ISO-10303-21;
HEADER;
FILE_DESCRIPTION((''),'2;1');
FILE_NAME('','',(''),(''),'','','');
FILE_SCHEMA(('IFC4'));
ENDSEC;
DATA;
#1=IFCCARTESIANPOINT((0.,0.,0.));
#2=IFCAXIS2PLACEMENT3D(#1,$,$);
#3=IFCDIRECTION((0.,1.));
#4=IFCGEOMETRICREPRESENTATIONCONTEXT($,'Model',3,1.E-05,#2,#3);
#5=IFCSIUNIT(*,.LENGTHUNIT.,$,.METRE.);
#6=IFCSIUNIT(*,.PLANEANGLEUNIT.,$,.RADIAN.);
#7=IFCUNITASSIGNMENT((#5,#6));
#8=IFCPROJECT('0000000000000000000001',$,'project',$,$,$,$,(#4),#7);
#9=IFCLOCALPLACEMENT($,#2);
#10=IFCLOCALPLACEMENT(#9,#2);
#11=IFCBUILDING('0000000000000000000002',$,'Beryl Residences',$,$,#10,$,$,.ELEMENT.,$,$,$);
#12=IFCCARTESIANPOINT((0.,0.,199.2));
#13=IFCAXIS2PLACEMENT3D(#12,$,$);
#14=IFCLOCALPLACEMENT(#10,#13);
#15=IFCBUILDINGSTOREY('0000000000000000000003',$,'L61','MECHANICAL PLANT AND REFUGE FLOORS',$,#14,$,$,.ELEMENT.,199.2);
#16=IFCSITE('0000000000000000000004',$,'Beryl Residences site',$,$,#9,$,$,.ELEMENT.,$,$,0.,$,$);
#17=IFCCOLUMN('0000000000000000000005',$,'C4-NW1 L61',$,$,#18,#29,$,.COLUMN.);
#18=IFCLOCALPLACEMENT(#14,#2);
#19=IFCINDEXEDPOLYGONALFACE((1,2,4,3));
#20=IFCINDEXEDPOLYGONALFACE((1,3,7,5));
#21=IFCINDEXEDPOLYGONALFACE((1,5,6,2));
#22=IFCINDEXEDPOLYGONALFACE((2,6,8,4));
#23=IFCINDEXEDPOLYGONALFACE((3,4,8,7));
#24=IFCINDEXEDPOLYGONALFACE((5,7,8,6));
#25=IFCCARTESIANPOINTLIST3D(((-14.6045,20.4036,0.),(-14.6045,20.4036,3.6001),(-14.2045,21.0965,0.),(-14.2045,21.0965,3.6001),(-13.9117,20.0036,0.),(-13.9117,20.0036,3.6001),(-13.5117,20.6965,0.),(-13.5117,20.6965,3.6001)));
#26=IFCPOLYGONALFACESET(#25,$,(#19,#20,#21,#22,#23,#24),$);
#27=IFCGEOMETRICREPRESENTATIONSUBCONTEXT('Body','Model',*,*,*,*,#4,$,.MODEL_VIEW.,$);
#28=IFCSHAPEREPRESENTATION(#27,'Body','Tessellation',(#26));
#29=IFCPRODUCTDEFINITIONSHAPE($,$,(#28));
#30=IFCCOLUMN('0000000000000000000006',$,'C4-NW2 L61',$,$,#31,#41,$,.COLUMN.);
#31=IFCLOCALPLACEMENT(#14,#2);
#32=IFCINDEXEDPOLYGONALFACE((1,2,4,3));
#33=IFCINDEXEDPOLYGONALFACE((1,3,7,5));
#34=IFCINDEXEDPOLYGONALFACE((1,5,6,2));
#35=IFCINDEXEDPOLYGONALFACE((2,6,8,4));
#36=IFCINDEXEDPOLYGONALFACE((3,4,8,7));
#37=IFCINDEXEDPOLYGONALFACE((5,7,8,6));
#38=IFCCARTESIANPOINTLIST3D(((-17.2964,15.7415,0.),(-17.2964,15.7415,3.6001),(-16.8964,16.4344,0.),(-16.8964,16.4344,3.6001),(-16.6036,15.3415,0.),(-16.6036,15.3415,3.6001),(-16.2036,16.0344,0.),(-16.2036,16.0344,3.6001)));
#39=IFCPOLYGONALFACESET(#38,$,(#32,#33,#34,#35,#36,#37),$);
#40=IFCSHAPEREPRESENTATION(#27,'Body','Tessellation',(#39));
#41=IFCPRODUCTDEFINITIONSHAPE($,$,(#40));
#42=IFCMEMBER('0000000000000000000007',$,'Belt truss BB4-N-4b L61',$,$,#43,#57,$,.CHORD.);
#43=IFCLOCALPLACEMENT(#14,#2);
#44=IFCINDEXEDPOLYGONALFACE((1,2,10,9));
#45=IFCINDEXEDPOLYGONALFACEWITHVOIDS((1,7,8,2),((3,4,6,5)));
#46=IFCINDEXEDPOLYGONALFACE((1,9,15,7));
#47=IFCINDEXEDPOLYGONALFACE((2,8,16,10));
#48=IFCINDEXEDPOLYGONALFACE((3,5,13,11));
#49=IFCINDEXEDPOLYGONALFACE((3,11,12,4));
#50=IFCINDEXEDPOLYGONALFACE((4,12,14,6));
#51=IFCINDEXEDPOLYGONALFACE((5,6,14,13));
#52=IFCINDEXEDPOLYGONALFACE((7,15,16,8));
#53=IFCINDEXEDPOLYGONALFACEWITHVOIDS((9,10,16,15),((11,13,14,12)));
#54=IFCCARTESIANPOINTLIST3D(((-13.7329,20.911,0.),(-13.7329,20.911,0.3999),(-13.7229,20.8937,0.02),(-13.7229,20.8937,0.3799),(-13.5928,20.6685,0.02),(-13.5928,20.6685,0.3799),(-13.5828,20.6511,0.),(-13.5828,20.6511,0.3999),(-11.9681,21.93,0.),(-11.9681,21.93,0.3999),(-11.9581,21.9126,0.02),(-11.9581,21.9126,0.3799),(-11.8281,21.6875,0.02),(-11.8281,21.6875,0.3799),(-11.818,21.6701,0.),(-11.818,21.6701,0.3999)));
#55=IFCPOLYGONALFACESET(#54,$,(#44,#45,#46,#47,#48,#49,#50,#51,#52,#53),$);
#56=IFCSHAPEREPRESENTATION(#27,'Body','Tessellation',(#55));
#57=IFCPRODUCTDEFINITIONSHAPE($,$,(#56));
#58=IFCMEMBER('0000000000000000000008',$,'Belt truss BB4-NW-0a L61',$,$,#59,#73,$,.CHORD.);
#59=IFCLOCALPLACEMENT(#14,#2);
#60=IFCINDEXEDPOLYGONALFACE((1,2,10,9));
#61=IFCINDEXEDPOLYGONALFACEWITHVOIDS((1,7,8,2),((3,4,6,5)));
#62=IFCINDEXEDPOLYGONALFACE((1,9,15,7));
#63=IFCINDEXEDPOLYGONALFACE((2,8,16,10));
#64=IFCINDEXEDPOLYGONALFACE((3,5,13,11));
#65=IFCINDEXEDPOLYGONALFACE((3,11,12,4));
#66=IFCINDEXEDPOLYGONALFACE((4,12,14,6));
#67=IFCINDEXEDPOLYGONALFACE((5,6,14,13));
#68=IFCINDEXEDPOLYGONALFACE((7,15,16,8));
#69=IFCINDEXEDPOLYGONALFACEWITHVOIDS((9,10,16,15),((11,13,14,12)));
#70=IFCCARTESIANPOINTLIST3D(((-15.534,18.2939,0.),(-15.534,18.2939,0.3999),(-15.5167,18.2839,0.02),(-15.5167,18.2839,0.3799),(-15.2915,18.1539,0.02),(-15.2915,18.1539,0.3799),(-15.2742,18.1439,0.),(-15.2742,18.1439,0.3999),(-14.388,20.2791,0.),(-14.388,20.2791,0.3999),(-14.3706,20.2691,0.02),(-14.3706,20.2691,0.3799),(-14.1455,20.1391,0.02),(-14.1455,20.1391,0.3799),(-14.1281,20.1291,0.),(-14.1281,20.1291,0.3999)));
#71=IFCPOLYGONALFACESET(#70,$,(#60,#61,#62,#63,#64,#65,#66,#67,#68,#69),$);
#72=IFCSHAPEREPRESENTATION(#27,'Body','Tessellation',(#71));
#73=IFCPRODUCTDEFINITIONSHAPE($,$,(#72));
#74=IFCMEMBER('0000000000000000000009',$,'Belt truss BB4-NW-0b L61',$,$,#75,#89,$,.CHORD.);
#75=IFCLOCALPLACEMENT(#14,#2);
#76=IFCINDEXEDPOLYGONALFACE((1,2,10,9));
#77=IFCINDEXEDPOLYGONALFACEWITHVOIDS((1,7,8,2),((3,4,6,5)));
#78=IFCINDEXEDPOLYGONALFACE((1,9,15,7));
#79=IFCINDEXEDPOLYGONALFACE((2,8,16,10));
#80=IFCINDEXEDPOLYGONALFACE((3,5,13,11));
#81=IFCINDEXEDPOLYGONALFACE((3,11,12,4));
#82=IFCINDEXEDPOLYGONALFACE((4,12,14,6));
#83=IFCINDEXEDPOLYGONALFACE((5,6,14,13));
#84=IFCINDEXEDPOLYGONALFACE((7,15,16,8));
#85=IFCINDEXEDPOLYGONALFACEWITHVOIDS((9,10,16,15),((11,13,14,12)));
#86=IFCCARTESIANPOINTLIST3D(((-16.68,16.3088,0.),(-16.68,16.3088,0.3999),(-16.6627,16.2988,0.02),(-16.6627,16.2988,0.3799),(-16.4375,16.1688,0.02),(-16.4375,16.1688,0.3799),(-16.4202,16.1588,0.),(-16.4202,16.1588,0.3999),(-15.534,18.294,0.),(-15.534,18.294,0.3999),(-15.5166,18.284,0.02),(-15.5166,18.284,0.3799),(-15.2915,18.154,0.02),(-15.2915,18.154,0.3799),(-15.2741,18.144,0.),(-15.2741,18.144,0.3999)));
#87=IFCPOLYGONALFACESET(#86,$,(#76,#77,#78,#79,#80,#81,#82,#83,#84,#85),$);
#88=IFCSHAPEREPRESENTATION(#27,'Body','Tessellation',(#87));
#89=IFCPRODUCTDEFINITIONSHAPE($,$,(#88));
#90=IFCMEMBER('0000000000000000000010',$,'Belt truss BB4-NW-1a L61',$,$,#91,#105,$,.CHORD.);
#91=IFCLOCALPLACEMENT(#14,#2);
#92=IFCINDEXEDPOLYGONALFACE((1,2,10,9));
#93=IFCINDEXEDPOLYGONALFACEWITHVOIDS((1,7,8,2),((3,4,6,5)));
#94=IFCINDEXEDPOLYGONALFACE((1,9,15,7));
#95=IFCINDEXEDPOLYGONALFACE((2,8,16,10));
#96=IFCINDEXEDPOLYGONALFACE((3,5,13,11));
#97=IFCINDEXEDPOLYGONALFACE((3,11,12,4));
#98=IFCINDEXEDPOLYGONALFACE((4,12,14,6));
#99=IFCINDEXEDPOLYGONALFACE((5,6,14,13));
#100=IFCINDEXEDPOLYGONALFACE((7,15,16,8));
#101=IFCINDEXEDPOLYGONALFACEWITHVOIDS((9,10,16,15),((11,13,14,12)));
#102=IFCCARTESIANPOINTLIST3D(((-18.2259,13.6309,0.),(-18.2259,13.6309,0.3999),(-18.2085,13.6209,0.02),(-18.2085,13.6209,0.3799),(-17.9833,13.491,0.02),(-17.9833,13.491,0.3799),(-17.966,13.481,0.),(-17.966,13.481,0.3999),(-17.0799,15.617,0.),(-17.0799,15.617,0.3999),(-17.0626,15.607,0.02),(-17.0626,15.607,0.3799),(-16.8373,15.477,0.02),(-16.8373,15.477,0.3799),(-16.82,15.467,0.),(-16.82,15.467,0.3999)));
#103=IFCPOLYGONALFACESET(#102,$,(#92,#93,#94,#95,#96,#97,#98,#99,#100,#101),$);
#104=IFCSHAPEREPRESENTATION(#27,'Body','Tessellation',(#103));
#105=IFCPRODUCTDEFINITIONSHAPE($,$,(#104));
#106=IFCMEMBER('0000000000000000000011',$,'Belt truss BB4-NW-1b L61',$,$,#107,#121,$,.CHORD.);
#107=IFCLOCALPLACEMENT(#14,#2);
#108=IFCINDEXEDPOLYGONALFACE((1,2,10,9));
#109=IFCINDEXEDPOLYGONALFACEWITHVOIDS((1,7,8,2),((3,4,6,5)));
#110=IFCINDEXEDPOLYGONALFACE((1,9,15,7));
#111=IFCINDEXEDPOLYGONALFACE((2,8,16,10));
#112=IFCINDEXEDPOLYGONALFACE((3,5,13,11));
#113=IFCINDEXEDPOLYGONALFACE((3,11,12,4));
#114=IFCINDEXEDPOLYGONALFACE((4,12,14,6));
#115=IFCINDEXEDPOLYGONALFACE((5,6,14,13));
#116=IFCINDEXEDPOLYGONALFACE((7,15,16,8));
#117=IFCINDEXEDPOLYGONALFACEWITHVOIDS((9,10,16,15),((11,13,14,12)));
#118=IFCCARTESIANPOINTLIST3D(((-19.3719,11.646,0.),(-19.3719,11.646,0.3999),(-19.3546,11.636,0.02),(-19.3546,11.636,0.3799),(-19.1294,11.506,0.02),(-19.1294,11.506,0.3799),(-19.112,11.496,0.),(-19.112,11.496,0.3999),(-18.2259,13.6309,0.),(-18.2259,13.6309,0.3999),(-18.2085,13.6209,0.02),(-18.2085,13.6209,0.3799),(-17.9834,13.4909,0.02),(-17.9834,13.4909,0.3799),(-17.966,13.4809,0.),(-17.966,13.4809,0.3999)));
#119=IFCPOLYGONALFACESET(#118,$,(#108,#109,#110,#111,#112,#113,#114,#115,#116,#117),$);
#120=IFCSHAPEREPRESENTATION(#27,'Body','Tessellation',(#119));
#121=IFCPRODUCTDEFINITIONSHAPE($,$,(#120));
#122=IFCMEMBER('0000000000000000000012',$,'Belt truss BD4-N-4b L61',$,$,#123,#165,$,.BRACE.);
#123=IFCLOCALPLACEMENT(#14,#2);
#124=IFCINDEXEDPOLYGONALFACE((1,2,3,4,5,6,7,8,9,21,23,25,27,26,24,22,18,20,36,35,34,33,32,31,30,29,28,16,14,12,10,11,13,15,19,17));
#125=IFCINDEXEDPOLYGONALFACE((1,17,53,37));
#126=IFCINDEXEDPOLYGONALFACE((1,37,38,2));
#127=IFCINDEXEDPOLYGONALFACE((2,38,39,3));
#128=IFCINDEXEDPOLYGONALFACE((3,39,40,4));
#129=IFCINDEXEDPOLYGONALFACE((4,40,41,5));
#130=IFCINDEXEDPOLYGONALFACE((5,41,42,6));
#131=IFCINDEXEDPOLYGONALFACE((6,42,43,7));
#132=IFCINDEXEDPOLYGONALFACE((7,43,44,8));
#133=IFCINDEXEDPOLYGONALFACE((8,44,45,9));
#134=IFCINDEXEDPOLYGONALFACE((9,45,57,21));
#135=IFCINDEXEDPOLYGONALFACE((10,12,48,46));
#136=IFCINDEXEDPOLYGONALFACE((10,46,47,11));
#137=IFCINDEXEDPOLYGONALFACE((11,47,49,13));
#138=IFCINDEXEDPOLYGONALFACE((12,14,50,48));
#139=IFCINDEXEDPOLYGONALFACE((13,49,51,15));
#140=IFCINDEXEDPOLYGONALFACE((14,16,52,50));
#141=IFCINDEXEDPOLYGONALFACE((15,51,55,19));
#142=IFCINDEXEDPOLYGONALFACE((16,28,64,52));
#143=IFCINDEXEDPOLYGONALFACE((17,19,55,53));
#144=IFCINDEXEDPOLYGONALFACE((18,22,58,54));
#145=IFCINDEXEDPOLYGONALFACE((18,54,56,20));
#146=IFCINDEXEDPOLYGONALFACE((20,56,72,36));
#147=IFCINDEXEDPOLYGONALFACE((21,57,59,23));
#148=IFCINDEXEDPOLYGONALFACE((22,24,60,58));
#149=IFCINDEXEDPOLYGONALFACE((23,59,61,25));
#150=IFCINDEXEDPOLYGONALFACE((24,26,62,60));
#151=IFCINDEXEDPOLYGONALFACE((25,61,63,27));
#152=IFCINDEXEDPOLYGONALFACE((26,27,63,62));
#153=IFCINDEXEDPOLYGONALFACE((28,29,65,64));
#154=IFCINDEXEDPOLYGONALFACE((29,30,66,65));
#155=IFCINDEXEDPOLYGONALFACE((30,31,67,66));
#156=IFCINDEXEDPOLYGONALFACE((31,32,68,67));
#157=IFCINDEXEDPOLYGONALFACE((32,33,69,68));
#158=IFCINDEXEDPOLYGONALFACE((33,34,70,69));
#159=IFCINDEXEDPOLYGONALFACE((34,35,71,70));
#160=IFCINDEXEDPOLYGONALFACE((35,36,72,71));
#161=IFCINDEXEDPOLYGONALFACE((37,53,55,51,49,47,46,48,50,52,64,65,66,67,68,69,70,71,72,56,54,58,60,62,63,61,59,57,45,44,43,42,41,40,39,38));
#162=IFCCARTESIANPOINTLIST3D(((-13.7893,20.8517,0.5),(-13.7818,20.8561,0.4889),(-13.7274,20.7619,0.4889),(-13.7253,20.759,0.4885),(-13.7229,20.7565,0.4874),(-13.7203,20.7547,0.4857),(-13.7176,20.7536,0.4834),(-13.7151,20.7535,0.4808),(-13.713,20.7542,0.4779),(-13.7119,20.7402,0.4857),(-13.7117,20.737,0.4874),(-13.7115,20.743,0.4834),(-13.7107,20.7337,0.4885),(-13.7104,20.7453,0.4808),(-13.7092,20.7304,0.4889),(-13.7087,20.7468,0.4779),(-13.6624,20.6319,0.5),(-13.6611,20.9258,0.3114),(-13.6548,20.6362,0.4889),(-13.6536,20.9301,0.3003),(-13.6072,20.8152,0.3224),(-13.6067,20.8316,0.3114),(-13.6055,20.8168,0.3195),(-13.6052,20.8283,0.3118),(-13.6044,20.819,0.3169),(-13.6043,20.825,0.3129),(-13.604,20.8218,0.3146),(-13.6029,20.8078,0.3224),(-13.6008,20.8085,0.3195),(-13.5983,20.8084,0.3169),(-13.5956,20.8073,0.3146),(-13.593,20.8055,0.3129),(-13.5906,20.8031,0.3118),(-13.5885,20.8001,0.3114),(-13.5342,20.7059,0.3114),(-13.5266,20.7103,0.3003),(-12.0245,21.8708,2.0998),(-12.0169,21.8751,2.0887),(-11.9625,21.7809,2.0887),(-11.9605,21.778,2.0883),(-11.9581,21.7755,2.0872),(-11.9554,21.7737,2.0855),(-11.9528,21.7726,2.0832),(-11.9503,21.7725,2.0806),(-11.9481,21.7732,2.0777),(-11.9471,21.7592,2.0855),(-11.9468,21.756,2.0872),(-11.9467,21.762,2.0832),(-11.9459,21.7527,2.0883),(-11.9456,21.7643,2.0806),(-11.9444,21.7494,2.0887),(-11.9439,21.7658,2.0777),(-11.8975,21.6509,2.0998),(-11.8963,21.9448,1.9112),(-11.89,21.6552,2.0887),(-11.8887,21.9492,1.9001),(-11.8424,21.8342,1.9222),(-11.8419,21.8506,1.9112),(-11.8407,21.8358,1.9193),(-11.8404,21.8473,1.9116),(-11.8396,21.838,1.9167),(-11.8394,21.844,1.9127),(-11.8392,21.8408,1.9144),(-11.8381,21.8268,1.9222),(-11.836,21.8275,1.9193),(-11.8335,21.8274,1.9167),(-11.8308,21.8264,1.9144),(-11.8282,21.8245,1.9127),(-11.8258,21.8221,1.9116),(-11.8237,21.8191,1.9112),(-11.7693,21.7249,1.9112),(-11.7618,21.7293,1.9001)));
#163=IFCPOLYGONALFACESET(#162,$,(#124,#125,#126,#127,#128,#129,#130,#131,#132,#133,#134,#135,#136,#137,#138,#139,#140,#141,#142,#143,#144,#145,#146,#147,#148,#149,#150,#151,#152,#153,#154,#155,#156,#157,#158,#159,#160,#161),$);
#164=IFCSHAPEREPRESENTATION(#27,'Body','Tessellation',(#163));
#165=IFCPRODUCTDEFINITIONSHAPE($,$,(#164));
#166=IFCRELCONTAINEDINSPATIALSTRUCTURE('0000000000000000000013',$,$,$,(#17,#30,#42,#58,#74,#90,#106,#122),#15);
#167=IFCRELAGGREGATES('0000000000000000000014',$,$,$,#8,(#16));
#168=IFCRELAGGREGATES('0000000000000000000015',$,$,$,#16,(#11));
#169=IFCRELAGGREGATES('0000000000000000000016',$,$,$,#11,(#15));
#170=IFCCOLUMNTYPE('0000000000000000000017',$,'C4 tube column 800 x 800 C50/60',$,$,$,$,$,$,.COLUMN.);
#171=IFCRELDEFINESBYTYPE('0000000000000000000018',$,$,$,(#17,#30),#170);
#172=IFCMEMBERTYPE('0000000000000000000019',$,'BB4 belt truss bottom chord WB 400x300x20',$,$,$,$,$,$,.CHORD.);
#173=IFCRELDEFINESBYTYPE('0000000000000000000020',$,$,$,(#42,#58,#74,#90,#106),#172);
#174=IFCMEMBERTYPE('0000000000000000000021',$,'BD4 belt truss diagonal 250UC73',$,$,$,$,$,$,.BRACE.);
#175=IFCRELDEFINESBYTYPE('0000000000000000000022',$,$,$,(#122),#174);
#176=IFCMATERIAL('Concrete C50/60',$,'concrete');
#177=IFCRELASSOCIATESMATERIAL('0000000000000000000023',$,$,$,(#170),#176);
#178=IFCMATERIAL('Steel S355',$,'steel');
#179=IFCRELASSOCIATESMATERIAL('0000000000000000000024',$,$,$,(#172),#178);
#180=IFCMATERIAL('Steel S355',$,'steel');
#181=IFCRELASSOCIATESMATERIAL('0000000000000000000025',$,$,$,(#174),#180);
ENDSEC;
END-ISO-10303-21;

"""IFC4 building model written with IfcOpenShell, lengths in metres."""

from ifc_helpers import new_model, si_unit, direction, frame, origin, origin_2d, place, context, subcontext, project, spatial, rectangle, hollow_rectangle, i_section, extrude, material, material_profile, profile_set, type_object, element, save


model = new_model("IFC4")

# Units and contexts
model_context = context("Model", 3, precision=1e-05, world=origin(), true_north=direction((0.0, 1.0)))
body_context = subcontext(model_context, "Body", "Model", "MODEL_VIEW")
ifc_project = project(units=[si_unit("LENGTHUNIT", "METRE"), si_unit("PLANEANGLEUNIT", "RADIAN")], contexts=[model_context])

# Site, building, storey
site_placement = place(None, origin())
site = spatial("IfcSite", under=ifc_project, at=site_placement, Name="Beryl Residences site", CompositionType="ELEMENT", RefElevation=0.0)
building_placement = place(site_placement, origin())
building = spatial("IfcBuilding", under=site, at=building_placement, Name="Beryl Residences", CompositionType="ELEMENT")
storey_placement = place(building_placement, frame((0.0, 0.0, 199.2)))
storey = spatial("IfcBuildingStorey", under=building, at=storey_placement, Name="L61", Description="MECHANICAL PLANT AND REFUGE FLOORS", CompositionType="ELEMENT", Elevation=199.2)

# Columns
ifc_material_1 = material(Name="Concrete C50/60", Category="concrete")
ifc_material_profile_1 = material_profile(ifc_material_1, rectangle(XDim=0.8, YDim=0.8, at=origin_2d()))
ifc_profile_set_1 = profile_set([ifc_material_profile_1], Name="Concrete C50/60")
column_type = type_object("IfcColumnType", Name="C4 tube column 800 x 800 C50/60", PredefinedType="COLUMN", material=ifc_profile_set_1)
for number, where, z_axis, x_axis, name in (
    (1, (-14.0581, 20.55, 0.0), (0.0, 0.0, 1.0), (-0.5, -0.866025, 0.0), "C4-NW1 L61"),
    (2, (-16.75, 15.8879, 0.0), (0.0, 0.0, 1.0), (-0.5, -0.866025, 0.0), "C4-NW2 L61"),
):
    element("IfcColumn", number, at=place(storey_placement, frame(where, z_axis=z_axis, x_axis=x_axis)), inside=storey, type_object=column_type, Name=name, PredefinedType="COLUMN", context=body_context, shape_type="SweptSolid", body=[
        extrude(rectangle(XDim=0.8, YDim=0.8, at=origin_2d()), origin(), (0.0, 0.0, 1.0), 3.6001),
    ])

# Members
ifc_material_2 = material(Name="Steel S355", Category="steel")
ifc_material_profile_2 = material_profile(ifc_material_2, hollow_rectangle(XDim=0.3, YDim=0.3999, WallThickness=0.02, at=origin_2d()))
ifc_profile_set_2 = profile_set([ifc_material_profile_2], Name="Steel S355")
member_type_1 = type_object("IfcMemberType", Name="BB4 belt truss bottom chord WB 400x300x20", PredefinedType="CHORD", material=ifc_profile_set_2)
member_1_placement = place(storey_placement, frame((-11.8931, 21.8, 0.2), z_axis=(-0.866008, -0.50003, 0.0), x_axis=(0.50003, -0.866008, 0.0)))
element("IfcMember", 3, at=member_1_placement, inside=storey, type_object=member_type_1, Name="Belt truss BB4-N-4b L61", PredefinedType="CHORD", context=body_context, shape_type="SweptSolid", body=[
    extrude(hollow_rectangle(XDim=0.3, YDim=0.3999, WallThickness=0.02, at=origin_2d()), origin(), (0.0, 0.0, 1.0), 2.0378),
])
for number, where, z_axis, x_axis, name in (
    (4, (-14.2581, 20.2041, 0.2), (-0.499965, -0.866045, 0.0), (0.866045, -0.499965, 0.0), "Belt truss BB4-NW-0a L61"),
    (5, (-15.4041, 18.219, 0.2), (-0.499965, -0.866045, 0.0), (0.866045, -0.499965, 0.0), "Belt truss BB4-NW-0b L61"),
):
    element("IfcMember", number, at=place(storey_placement, frame(where, z_axis=z_axis, x_axis=x_axis)), inside=storey, type_object=member_type_1, Name=name, PredefinedType="CHORD", context=body_context, shape_type="SweptSolid", body=[
        extrude(hollow_rectangle(XDim=0.3, YDim=0.3999, WallThickness=0.02, at=origin_2d()), origin(), (0.0, 0.0, 1.0), 2.2922),
    ])
member_2_placement = place(storey_placement, frame((-16.95, 15.542, 0.2), z_axis=(-0.499781, -0.866152, 0.0), x_axis=(0.866152, -0.499781, 0.0)))
element("IfcMember", 6, at=member_2_placement, inside=storey, type_object=member_type_1, Name="Belt truss BB4-NW-1a L61", PredefinedType="CHORD", context=body_context, shape_type="SweptSolid", body=[
    extrude(hollow_rectangle(XDim=0.3, YDim=0.3999, WallThickness=0.02, at=origin_2d()), origin(), (0.0, 0.0, 1.0), 2.293),
])
member_3_placement = place(storey_placement, frame((-18.0959, 13.5559, 0.2), z_axis=(-0.500011, -0.866019, 0.0), x_axis=(0.866019, -0.500011, 0.0)))
element("IfcMember", 7, at=member_3_placement, inside=storey, type_object=member_type_1, Name="Belt truss BB4-NW-1b L61", PredefinedType="CHORD", context=body_context, shape_type="SweptSolid", body=[
    extrude(hollow_rectangle(XDim=0.3, YDim=0.3999, WallThickness=0.02, at=origin_2d()), origin(), (0.0, 0.0, 1.0), 2.292),
])
ifc_material_3 = material(Name="Steel S355", Category="steel")
ifc_material_profile_3 = material_profile(ifc_material_3, i_section(OverallWidth=0.2539, OverallDepth=0.2539, WebThickness=0.0085, FlangeThickness=0.0142, FilletRadius=0.0139, at=origin_2d()))
ifc_profile_set_3 = profile_set([ifc_material_profile_3], Name="Steel S355")
member_type_2 = type_object("IfcMemberType", Name="BD4 belt truss diagonal 250UC73", PredefinedType="BRACE", material=ifc_profile_set_3)
member_4_placement = place(storey_placement, frame((-13.658, 20.781, 0.4001), z_axis=(0.681186, 0.393314, 0.617487), x_axis=(-0.50003, 0.866008, 0.0)))
element("IfcMember", 8, at=member_4_placement, inside=storey, type_object=member_type_2, Name="Belt truss BD4-N-4b L61", PredefinedType="BRACE", context=body_context, shape_type="SweptSolid", body=[
    extrude(i_section(OverallWidth=0.2539, OverallDepth=0.2539, WebThickness=0.0085, FlangeThickness=0.0142, FilletRadius=0.0139, at=origin_2d()), origin(), (0.0, 0.0, 1.0), 2.5908),
])

save(model, "model.ifc")
